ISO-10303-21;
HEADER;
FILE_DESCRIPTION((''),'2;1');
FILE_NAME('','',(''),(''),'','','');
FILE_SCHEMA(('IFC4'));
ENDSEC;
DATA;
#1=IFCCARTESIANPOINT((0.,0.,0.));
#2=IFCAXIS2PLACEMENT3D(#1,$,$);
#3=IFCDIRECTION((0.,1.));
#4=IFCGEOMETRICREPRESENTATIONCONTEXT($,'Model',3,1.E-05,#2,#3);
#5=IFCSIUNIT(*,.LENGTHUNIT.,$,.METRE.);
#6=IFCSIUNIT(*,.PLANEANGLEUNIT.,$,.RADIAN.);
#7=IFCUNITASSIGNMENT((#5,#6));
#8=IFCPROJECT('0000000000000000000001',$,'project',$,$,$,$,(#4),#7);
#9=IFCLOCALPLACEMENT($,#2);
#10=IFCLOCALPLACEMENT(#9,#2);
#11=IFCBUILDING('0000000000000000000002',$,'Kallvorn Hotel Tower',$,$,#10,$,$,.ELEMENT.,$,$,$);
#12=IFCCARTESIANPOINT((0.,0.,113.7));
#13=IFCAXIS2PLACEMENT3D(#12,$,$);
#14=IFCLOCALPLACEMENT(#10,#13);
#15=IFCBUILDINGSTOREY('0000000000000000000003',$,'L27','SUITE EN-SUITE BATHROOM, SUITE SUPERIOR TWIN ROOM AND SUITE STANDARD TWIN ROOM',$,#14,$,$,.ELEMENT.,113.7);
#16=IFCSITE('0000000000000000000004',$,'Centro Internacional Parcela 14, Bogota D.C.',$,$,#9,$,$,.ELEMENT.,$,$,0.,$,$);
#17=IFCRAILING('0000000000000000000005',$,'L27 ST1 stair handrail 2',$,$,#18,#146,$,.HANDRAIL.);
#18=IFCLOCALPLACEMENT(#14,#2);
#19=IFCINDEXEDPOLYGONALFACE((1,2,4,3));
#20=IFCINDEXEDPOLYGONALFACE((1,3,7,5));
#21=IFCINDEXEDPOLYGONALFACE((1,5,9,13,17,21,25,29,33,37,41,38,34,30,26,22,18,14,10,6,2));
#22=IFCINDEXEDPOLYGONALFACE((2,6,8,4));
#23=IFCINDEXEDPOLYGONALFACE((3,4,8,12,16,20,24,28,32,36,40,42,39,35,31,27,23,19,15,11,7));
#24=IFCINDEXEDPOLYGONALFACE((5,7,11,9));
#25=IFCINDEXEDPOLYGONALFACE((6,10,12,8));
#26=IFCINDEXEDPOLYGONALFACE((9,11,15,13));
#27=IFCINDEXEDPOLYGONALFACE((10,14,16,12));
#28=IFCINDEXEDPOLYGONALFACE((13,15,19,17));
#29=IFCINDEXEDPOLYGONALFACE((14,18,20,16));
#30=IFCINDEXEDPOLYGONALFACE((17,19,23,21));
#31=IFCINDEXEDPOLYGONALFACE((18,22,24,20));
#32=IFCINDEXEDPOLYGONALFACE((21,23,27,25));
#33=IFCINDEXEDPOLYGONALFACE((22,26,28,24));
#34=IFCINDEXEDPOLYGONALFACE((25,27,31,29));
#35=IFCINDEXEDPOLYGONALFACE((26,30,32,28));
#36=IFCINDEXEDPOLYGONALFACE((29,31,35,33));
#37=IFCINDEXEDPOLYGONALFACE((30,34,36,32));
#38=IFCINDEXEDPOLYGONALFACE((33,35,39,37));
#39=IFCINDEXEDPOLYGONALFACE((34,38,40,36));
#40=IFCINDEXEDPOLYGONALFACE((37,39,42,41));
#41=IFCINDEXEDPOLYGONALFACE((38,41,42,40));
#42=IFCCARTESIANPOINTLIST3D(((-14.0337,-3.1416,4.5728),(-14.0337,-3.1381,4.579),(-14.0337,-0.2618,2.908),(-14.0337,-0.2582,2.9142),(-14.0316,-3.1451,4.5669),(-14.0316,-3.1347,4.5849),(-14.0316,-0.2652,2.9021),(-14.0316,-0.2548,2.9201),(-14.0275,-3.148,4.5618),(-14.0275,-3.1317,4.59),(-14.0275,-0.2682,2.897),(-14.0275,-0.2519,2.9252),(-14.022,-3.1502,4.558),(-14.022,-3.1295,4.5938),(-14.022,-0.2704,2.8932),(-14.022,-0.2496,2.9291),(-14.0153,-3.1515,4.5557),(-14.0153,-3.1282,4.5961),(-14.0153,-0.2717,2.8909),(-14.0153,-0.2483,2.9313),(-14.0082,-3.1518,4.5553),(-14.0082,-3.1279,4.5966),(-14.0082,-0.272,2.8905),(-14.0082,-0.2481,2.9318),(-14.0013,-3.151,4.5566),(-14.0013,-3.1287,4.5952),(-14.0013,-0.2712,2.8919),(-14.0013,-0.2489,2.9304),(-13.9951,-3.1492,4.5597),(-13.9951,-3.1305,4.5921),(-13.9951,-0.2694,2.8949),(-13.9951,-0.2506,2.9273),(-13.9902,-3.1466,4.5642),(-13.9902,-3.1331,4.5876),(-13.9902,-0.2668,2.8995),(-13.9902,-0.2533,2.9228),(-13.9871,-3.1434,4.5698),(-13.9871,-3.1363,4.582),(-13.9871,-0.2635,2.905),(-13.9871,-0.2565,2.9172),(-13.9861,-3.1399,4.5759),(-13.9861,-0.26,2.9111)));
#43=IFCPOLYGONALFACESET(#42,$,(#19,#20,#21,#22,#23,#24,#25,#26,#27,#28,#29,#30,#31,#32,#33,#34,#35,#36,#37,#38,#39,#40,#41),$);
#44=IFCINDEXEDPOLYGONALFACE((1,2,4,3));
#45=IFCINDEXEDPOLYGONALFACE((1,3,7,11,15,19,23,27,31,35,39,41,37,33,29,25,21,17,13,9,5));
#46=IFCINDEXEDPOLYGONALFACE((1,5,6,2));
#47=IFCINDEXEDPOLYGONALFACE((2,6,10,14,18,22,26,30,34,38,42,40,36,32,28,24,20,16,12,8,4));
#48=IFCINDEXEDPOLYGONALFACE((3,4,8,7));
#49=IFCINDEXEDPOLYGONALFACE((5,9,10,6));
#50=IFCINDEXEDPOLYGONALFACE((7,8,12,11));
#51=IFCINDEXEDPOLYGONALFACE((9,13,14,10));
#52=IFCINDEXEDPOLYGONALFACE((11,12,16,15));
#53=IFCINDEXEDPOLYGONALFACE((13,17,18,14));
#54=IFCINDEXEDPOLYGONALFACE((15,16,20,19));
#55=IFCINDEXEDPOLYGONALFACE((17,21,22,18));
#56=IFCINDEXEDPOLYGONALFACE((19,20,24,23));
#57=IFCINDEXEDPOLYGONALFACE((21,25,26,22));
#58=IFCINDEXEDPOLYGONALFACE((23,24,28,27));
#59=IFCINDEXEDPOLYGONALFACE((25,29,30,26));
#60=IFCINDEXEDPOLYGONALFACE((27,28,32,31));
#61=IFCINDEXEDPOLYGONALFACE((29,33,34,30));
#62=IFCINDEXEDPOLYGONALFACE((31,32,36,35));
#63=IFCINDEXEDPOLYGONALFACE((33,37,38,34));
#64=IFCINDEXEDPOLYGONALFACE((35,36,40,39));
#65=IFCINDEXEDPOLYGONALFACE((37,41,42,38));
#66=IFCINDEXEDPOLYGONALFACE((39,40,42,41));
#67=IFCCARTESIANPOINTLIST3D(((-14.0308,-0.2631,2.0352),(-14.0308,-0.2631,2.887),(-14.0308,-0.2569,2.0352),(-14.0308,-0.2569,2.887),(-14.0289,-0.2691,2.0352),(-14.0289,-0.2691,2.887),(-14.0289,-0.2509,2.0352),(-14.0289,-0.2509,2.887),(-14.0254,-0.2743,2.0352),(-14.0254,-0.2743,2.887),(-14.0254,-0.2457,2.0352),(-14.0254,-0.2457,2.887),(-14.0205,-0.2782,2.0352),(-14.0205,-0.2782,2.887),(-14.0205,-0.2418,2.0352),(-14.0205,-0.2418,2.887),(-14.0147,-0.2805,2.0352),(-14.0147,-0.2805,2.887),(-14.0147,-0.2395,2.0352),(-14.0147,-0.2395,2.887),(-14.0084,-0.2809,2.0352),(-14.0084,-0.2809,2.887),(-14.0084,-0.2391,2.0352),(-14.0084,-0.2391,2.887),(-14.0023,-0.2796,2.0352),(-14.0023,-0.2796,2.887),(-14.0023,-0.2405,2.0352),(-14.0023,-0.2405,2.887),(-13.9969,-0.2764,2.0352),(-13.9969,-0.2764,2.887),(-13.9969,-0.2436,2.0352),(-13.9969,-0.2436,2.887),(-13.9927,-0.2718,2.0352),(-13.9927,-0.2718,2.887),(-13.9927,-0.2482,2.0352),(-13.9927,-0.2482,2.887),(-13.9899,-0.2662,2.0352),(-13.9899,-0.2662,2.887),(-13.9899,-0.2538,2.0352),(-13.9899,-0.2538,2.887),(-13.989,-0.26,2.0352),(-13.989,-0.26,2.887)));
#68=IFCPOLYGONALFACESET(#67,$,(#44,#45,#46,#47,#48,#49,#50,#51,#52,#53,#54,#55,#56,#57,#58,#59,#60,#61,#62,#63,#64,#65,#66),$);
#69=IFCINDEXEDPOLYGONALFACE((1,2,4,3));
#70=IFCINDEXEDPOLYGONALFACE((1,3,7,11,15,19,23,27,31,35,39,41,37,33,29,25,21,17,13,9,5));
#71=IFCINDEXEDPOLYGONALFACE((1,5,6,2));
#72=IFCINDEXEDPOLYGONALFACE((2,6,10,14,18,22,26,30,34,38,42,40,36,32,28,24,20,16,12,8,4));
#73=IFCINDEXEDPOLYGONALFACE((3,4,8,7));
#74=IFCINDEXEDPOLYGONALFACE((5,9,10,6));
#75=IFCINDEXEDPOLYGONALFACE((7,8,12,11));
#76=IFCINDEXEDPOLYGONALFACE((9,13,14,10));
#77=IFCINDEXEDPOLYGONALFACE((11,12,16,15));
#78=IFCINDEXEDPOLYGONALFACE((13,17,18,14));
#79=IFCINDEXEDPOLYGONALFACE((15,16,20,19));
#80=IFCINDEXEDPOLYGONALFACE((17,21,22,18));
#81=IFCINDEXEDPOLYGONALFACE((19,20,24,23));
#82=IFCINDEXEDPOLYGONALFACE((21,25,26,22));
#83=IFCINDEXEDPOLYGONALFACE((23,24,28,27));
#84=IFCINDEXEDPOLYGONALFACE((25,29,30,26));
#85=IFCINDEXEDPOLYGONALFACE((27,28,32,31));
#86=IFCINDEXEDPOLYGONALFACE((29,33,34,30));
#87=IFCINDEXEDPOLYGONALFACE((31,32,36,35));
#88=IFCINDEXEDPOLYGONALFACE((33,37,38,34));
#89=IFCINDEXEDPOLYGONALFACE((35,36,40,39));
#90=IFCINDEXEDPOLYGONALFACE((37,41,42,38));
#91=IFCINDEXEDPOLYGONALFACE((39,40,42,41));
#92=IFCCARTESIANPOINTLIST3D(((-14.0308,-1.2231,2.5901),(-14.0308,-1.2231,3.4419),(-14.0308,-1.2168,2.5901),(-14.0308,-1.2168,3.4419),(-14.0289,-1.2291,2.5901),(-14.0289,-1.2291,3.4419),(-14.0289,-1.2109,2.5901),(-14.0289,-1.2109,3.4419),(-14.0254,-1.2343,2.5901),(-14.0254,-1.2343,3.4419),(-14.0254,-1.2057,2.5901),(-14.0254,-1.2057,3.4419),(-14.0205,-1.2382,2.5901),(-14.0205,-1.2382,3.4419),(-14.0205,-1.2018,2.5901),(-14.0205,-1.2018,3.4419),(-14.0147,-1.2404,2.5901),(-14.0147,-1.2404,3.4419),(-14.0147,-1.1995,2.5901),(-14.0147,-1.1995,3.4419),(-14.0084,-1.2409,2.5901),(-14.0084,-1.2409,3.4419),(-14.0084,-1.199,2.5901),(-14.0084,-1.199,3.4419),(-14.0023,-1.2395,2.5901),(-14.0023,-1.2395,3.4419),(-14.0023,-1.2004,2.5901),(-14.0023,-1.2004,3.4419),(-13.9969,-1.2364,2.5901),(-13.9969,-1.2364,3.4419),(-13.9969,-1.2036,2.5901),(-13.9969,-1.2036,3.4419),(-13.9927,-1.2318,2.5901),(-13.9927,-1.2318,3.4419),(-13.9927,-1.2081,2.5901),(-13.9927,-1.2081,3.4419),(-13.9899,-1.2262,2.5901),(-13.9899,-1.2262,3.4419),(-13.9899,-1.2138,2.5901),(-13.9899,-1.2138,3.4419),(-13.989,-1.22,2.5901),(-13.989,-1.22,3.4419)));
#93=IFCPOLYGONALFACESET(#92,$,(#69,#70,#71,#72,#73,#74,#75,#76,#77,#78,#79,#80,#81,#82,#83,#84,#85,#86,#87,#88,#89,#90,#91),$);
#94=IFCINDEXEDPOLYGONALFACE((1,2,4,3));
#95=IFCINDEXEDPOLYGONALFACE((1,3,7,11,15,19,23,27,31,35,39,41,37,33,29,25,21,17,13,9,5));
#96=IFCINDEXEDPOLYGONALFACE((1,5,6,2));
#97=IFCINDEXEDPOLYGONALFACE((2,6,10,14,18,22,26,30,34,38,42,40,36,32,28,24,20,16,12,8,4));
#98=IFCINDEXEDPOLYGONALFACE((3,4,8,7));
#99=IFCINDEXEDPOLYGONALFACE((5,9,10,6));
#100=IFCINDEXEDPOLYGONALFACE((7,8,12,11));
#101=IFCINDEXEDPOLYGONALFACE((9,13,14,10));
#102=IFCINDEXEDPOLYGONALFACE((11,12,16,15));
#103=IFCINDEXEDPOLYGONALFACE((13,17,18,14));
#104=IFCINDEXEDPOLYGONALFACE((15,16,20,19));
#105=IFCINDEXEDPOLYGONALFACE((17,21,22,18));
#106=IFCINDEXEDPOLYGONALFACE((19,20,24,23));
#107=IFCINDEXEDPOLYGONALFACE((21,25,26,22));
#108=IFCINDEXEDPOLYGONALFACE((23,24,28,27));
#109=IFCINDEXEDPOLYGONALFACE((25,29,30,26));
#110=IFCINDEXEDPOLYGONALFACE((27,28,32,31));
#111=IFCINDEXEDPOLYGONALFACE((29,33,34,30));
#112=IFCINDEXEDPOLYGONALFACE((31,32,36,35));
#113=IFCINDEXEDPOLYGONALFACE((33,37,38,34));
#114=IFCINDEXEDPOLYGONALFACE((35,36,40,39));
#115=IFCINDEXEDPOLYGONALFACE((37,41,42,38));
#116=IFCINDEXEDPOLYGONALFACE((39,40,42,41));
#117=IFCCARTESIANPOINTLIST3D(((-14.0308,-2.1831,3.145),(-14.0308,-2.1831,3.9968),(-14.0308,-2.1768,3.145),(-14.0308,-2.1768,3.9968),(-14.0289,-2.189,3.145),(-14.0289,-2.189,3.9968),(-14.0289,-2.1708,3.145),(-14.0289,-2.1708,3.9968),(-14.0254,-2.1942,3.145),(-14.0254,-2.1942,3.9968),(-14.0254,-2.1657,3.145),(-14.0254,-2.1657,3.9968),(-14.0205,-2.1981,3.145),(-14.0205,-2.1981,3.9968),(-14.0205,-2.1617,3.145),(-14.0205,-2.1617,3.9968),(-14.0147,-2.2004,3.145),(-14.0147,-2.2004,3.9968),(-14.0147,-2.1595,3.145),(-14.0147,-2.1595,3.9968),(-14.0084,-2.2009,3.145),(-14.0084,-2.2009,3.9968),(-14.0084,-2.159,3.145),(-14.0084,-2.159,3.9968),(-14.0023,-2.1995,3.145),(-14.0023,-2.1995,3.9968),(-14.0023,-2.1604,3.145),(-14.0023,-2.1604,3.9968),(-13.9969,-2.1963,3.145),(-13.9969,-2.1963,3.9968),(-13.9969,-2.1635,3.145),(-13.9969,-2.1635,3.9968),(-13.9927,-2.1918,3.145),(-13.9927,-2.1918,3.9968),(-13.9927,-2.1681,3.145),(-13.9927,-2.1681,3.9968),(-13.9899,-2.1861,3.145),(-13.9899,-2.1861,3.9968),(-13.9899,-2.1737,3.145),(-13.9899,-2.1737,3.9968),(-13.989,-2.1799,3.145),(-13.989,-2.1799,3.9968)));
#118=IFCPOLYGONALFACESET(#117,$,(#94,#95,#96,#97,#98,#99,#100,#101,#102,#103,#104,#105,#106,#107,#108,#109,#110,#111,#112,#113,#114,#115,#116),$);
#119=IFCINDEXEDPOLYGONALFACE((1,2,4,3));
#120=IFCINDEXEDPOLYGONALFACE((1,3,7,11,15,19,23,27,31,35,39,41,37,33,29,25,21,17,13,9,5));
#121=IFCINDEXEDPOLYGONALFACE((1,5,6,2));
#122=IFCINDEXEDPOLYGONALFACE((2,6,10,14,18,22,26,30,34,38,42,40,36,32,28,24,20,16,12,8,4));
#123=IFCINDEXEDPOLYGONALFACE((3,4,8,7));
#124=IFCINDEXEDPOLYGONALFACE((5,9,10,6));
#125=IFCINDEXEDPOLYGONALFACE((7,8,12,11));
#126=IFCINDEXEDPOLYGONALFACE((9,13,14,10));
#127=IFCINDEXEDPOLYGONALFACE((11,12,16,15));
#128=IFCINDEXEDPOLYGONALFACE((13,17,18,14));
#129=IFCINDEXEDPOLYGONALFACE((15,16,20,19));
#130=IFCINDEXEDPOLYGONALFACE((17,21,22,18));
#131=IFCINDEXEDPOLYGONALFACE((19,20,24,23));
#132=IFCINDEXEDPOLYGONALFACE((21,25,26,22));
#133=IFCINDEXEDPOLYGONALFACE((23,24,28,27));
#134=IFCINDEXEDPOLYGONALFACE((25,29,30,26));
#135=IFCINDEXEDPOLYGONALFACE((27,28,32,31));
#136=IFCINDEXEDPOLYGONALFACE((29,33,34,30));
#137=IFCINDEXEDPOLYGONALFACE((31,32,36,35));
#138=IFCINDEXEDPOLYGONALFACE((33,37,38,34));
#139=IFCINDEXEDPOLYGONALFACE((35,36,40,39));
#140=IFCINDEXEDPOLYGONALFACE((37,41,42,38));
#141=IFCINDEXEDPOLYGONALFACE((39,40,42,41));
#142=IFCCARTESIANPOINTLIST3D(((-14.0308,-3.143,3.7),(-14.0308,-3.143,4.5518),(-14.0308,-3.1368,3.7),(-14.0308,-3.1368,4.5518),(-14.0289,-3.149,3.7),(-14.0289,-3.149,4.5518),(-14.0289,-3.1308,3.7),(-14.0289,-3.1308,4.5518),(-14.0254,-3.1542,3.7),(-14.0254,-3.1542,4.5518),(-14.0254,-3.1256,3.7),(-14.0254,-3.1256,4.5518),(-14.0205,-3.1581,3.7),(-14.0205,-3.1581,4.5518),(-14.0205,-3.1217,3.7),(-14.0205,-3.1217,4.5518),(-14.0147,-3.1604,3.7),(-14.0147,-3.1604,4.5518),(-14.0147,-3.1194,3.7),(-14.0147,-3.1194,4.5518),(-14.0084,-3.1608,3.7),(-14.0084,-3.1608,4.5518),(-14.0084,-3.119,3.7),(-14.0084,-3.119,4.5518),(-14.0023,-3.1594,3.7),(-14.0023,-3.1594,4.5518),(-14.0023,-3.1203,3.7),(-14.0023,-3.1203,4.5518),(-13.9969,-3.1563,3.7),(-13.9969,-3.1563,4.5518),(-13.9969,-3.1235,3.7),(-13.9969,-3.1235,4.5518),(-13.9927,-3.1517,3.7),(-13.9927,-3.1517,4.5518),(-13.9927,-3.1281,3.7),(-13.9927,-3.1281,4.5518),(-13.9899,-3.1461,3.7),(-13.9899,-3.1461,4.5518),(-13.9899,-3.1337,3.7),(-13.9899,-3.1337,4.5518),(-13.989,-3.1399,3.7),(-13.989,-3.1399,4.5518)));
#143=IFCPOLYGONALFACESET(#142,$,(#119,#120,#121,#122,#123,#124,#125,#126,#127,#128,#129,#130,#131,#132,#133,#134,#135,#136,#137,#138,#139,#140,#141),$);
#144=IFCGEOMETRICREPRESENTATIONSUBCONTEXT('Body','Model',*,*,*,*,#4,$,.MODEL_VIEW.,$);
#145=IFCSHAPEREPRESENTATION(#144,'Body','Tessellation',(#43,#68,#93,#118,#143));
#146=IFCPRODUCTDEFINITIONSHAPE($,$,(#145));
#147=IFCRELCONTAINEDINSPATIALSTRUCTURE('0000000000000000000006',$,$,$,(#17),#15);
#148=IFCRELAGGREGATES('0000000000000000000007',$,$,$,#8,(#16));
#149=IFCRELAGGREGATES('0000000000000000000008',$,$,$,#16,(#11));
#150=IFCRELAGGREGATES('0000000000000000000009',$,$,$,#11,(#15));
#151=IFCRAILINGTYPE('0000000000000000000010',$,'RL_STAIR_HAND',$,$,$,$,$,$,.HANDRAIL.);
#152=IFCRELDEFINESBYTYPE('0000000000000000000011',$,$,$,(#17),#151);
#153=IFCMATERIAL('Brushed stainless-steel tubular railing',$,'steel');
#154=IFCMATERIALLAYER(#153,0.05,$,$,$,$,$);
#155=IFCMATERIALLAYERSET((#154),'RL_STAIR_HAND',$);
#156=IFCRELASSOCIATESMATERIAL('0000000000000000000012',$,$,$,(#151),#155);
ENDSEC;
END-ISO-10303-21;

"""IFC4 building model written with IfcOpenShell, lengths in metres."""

from ifc_helpers import new_model, si_unit, direction, frame, origin, origin_2d, place, context, subcontext, project, spatial, circle, extrude, material, layer, layer_set, type_object, element, save


model = new_model("IFC4")

# Units and contexts
model_context = context("Model", 3, precision=1e-05, world=origin(), true_north=direction((0.0, 1.0)))
body_context = subcontext(model_context, "Body", "Model", "MODEL_VIEW")
ifc_project = project(units=[si_unit("LENGTHUNIT", "METRE"), si_unit("PLANEANGLEUNIT", "RADIAN")], contexts=[model_context])

# Site, building, storey
site_placement = place(None, origin())
site = spatial("IfcSite", under=ifc_project, at=site_placement, Name="Centro Internacional Parcela 14, Bogota D.C.", CompositionType="ELEMENT", RefElevation=0.0)
building_placement = place(site_placement, origin())
building = spatial("IfcBuilding", under=site, at=building_placement, Name="Kallvorn Hotel Tower", CompositionType="ELEMENT")
storey_placement = place(building_placement, frame((0.0, 0.0, 113.7)))
storey = spatial("IfcBuildingStorey", under=building, at=storey_placement, Name="L27", Description="SUITE EN-SUITE BATHROOM, SUITE SUPERIOR TWIN ROOM AND SUITE STANDARD TWIN ROOM", CompositionType="ELEMENT", Elevation=113.7)

# Railing
ifc_material_1 = material(Name="Brushed stainless-steel tubular railing", Category="steel")
ifc_layer_1 = layer(ifc_material_1, 0.05)
ifc_layer_set_1 = layer_set([ifc_layer_1], Name="RL_STAIR_HAND")
railing_type_1 = type_object("IfcRailingType", Name="RL_STAIR_HAND", PredefinedType="HANDRAIL", material=ifc_layer_set_1)
railing_1_placement = place(storey_placement, frame((-14.01, -0.26, 2.0352)))
element("IfcRailing", 1, at=railing_1_placement, inside=storey, type_object=railing_type_1, Name="L27 ST1 stair handrail 2", PredefinedType="HANDRAIL", context=body_context, shape_type="SweptSolid", body=[
    extrude(circle(Radius=0.0239, at=origin_2d()), frame((0.0, 0.0, 0.876), z_axis=(0.0, -0.865753, 0.500472), x_axis=(1.0, 0.0, 0.0)), (0.0, 0.0, 1.0), 3.3264),
    extrude(circle(Radius=0.021, at=origin_2d()), origin(), (0.0, 0.0, 1.0), 0.8518),
    extrude(circle(Radius=0.021, at=origin_2d()), frame((0.0, -0.96, 0.5549)), (0.0, 0.0, 1.0), 0.8518),
    extrude(circle(Radius=0.021, at=origin_2d()), frame((0.0, -1.9199, 1.1099)), (0.0, 0.0, 1.0), 0.8518),
    extrude(circle(Radius=0.021, at=origin_2d()), frame((0.0, -2.8799, 1.6648)), (0.0, 0.0, 1.0), 0.8518),
])

save(model, "model.ifc")
